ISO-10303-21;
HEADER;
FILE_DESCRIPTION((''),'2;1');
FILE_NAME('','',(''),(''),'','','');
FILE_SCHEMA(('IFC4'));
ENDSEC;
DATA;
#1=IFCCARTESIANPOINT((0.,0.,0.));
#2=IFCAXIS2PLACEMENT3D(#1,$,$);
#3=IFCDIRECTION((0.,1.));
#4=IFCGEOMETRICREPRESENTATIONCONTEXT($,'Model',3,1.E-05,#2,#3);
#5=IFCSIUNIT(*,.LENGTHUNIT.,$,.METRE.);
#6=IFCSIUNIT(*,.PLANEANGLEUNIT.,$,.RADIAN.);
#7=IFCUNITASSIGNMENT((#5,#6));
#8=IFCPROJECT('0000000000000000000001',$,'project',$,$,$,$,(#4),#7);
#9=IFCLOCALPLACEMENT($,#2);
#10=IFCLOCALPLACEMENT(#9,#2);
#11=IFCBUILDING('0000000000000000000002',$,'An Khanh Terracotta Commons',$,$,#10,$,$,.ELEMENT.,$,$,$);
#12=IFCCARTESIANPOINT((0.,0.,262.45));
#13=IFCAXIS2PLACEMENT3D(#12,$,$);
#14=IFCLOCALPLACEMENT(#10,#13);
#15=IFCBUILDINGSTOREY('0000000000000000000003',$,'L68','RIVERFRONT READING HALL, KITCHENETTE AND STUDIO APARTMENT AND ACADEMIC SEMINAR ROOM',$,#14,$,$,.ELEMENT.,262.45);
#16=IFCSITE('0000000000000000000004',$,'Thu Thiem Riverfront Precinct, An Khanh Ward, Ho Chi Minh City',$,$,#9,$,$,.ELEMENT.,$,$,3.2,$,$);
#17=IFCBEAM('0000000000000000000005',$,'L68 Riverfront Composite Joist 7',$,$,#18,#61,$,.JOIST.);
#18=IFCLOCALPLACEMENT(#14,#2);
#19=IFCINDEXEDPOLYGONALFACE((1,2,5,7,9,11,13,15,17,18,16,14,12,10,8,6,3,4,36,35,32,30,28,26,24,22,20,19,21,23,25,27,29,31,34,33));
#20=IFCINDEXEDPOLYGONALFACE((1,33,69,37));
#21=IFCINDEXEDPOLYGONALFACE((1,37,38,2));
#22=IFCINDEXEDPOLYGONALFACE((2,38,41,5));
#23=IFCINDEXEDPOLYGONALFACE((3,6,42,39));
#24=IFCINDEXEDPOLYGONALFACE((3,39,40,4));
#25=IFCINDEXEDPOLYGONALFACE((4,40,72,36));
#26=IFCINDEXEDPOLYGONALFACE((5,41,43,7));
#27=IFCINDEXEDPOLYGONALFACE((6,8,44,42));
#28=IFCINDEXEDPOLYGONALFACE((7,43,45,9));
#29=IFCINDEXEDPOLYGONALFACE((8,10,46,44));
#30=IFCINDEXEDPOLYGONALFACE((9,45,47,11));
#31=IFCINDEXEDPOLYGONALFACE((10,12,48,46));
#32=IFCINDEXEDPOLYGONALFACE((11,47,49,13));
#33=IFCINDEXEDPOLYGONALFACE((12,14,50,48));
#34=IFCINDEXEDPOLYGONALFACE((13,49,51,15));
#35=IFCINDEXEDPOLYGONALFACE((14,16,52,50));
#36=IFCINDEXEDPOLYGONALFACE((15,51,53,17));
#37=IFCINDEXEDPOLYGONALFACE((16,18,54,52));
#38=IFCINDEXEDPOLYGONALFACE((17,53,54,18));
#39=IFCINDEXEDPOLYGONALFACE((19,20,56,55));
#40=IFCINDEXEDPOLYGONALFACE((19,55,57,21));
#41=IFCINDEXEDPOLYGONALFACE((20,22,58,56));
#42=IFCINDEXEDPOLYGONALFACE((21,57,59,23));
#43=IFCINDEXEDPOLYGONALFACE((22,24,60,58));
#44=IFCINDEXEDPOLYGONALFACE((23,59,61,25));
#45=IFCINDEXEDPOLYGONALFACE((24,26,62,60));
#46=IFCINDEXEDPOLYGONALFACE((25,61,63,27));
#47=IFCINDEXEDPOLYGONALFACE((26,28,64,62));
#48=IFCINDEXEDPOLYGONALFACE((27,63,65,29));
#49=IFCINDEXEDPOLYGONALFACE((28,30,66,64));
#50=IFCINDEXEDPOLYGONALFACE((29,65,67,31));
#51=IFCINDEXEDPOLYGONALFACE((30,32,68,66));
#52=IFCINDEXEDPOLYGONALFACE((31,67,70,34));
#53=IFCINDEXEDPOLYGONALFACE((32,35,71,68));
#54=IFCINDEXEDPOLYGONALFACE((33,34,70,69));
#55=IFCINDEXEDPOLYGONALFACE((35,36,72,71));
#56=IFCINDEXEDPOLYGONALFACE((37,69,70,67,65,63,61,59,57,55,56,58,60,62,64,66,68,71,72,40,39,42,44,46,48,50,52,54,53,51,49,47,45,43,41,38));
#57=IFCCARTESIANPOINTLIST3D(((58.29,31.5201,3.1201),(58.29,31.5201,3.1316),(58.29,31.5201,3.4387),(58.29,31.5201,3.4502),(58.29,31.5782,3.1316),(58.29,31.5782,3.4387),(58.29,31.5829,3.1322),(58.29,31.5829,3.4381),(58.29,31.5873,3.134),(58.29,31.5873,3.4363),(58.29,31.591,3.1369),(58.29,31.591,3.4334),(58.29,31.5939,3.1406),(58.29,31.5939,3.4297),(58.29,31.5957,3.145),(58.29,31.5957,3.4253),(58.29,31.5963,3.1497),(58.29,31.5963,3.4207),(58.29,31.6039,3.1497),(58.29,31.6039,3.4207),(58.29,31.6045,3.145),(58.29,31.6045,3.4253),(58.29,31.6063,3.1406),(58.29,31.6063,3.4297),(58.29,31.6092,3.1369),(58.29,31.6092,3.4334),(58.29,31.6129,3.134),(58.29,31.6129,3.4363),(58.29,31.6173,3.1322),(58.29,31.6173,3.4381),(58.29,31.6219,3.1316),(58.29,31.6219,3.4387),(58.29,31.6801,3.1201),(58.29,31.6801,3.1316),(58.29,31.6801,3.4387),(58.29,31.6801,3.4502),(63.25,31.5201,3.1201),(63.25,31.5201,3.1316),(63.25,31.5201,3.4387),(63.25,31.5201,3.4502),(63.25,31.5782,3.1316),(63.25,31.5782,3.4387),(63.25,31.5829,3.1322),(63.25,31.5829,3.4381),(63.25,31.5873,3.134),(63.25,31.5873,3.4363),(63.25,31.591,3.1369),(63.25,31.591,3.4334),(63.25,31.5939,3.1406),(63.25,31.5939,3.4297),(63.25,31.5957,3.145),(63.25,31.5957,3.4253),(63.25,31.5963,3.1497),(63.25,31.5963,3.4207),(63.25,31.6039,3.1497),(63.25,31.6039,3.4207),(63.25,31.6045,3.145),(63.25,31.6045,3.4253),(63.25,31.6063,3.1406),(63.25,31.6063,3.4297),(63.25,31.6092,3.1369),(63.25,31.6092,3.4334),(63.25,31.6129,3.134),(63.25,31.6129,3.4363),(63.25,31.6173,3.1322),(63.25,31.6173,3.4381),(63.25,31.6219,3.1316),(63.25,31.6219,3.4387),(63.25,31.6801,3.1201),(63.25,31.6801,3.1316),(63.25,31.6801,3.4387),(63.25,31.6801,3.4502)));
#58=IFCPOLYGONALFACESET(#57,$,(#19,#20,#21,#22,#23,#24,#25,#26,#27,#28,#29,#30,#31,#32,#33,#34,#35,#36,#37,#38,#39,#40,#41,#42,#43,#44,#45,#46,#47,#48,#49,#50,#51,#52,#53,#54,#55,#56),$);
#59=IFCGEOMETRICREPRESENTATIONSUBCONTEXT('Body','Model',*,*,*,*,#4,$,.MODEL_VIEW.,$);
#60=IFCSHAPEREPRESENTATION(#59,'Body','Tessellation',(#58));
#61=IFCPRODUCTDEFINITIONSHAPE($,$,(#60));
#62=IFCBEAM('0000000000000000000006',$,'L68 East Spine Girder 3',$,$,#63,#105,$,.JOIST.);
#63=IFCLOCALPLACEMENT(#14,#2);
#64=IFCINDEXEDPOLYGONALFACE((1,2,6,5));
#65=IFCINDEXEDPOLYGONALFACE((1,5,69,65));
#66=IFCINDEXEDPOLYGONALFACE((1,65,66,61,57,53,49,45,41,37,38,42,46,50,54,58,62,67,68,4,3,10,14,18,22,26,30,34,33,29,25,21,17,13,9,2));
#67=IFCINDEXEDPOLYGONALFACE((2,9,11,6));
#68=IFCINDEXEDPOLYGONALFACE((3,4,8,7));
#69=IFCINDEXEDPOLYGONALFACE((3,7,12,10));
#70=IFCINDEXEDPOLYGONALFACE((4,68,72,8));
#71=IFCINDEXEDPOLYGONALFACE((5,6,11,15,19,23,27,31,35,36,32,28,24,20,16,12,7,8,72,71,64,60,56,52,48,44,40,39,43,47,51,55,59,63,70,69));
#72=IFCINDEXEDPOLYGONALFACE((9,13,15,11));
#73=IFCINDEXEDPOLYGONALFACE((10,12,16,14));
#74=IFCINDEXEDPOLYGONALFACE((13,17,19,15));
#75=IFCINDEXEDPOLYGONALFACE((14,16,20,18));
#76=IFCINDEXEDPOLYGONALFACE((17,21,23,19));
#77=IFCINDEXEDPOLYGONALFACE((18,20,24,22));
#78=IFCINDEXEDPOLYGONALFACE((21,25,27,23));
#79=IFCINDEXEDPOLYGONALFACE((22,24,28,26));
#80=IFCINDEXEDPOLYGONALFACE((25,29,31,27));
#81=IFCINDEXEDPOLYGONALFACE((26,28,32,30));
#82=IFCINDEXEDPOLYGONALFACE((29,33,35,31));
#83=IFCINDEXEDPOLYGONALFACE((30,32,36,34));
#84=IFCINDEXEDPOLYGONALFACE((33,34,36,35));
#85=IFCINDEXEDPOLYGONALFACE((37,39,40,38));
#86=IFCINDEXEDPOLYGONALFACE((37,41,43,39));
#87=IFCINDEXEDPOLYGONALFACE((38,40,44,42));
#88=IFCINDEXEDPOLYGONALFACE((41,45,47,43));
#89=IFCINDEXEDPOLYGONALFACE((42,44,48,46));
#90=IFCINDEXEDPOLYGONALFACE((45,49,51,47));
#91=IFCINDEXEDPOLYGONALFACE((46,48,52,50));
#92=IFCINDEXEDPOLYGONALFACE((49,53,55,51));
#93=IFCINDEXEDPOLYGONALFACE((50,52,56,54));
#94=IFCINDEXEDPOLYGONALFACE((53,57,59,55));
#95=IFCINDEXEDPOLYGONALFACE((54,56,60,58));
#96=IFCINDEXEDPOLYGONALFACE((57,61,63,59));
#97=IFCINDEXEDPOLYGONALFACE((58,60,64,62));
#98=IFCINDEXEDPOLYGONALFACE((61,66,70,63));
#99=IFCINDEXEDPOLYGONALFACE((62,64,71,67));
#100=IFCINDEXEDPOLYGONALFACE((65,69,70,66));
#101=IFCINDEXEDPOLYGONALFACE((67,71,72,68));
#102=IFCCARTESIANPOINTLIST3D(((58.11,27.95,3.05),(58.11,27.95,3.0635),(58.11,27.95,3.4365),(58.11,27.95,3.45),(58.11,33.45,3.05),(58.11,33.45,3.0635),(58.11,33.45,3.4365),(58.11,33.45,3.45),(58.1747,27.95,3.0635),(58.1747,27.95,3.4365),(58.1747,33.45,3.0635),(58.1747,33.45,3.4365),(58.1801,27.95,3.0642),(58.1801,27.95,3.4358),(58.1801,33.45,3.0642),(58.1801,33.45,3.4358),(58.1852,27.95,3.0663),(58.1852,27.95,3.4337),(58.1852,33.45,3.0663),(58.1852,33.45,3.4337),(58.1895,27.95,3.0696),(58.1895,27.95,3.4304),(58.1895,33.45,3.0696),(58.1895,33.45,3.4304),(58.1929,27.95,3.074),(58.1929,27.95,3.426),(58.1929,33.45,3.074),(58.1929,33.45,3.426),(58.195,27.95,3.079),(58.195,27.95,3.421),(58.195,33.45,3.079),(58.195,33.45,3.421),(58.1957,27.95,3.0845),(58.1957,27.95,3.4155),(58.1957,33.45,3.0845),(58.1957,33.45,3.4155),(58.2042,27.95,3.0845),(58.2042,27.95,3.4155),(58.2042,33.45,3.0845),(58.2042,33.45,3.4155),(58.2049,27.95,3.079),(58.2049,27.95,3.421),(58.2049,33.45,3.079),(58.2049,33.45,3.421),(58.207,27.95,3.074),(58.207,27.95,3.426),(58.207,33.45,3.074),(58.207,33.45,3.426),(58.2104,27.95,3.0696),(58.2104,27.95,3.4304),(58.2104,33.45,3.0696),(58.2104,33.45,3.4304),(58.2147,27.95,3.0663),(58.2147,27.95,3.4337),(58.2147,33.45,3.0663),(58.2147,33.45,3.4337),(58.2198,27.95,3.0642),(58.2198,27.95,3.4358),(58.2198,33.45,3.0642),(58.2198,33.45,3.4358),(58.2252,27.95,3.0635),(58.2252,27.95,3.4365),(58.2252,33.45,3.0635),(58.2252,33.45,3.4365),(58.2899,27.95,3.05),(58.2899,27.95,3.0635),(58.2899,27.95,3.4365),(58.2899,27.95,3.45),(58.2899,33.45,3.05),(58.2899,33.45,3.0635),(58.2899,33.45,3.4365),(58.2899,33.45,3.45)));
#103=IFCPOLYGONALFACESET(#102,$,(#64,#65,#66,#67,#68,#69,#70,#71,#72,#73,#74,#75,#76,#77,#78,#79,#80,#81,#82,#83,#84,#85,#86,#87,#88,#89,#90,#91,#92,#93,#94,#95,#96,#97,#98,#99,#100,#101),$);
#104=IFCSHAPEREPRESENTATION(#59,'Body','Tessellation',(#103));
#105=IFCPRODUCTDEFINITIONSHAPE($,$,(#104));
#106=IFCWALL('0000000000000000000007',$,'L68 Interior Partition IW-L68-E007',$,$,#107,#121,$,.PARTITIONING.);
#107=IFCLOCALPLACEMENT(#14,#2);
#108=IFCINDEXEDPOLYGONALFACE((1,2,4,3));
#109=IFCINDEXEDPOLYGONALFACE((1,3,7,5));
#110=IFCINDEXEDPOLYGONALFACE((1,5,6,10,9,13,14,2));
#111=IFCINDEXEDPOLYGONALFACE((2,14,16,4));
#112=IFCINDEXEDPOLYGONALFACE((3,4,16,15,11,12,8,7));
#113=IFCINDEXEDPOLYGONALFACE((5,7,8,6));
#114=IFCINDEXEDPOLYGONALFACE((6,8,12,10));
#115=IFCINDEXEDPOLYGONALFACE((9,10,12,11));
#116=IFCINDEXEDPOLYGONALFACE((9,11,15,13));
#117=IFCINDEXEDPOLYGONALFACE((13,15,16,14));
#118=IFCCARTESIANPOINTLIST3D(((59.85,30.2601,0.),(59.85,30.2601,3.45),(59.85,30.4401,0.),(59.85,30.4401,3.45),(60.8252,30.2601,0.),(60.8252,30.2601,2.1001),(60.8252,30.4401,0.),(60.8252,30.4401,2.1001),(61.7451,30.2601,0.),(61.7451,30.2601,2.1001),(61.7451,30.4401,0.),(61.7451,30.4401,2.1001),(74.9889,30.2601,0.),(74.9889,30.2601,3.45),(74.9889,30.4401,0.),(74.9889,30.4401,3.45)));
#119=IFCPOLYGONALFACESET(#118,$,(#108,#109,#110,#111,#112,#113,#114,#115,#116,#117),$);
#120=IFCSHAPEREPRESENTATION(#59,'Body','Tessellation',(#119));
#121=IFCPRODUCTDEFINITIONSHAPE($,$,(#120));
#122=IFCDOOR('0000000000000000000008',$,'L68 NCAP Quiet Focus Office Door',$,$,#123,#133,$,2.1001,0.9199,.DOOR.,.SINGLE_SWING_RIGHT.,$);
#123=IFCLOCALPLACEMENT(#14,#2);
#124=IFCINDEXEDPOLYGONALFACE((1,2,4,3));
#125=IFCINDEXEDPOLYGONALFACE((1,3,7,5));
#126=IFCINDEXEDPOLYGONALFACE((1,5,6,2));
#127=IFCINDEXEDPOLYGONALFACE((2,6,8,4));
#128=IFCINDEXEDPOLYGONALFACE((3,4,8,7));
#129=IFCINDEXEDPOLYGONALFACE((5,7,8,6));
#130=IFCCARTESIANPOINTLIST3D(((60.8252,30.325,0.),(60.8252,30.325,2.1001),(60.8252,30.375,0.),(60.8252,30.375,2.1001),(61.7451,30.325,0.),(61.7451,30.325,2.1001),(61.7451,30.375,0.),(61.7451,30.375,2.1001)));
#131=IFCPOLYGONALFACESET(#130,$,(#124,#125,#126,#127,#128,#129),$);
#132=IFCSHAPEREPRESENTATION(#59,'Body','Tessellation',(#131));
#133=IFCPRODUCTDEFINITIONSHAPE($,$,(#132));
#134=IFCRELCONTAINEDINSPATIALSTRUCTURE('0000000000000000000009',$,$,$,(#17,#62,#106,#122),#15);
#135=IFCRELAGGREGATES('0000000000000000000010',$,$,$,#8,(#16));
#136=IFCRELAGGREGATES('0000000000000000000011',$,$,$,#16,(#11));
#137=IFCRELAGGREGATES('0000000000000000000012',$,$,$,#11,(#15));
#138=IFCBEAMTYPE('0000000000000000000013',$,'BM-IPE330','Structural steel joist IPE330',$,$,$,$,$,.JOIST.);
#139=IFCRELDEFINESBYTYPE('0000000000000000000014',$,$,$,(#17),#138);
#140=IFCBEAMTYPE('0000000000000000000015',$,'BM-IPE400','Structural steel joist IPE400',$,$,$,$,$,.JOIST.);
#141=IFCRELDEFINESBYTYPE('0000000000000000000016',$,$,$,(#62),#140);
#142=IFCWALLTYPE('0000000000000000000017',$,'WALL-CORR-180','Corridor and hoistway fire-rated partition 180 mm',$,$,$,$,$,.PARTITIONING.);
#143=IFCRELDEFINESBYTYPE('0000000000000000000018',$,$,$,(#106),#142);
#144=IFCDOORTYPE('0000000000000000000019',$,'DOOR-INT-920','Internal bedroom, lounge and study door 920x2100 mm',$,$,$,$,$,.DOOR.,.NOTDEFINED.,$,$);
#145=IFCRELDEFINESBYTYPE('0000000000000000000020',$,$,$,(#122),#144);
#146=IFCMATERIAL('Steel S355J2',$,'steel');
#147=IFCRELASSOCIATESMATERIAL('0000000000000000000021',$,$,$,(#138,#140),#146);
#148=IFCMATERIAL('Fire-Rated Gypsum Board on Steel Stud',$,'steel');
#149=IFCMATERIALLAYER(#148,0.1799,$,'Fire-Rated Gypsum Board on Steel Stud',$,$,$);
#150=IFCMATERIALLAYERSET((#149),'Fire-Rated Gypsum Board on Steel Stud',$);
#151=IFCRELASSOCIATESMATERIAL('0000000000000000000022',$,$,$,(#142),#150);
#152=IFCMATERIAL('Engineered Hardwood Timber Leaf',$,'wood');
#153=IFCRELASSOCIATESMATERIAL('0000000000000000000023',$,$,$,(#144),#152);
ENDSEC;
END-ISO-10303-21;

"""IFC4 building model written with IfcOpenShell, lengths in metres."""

from ifc_helpers import new_model, si_unit, direction, frame, frame_2d, origin, origin_2d, place, context, subcontext, project, spatial, rectangle, i_section, extrude, material, layer, layer_set, material_profile, profile_set, type_object, element, fill, save


model = new_model("IFC4")

# Units and contexts
model_context = context("Model", 3, precision=1e-05, world=origin(), true_north=direction((0.0, 1.0)))
body_context = subcontext(model_context, "Body", "Model", "MODEL_VIEW")
ifc_project = project(units=[si_unit("LENGTHUNIT", "METRE"), si_unit("PLANEANGLEUNIT", "RADIAN")], contexts=[model_context])

# Site, building, storey
site_placement = place(None, origin())
site = spatial("IfcSite", under=ifc_project, at=site_placement, Name="Thu Thiem Riverfront Precinct, An Khanh Ward, Ho Chi Minh City", CompositionType="ELEMENT", RefElevation=3.2)
building_placement = place(site_placement, origin())
building = spatial("IfcBuilding", under=site, at=building_placement, Name="An Khanh Terracotta Commons", CompositionType="ELEMENT")
storey_placement = place(building_placement, frame((0.0, 0.0, 262.45)))
storey = spatial("IfcBuildingStorey", under=building, at=storey_placement, Name="L68", Description="RIVERFRONT READING HALL, KITCHENETTE AND STUDIO APARTMENT AND ACADEMIC SEMINAR ROOM", CompositionType="ELEMENT", Elevation=262.45)

# Beams
ifc_material_1 = material(Name="Steel S355J2", Category="steel")
ifc_material_profile_1 = material_profile(ifc_material_1, i_section(OverallWidth=0.1599, OverallDepth=0.3301, WebThickness=0.0076, FlangeThickness=0.0115, FilletRadius=0.0181, at=origin_2d()), Name="IPE330")
ifc_profile_set_1 = profile_set([ifc_material_profile_1], Name="Steel S355J2")
beam_type_1 = type_object("IfcBeamType", Name="BM-IPE330", Description="Structural steel joist IPE330", PredefinedType="JOIST", material=ifc_profile_set_1)
for number, where, z_axis, x_axis, name in (
    (1, (58.29, 31.6001, 3.2852), (1.0, 0.0, 0.0), (0.0, 1.0, 0.0), "L68 Riverfront Composite Joist 7"),
):
    element("IfcBeam", number, at=place(storey_placement, frame(where, z_axis=z_axis, x_axis=x_axis)), inside=storey, type_object=beam_type_1, Name=name, PredefinedType="JOIST", context=body_context, shape_type="SweptSolid", body=[
        extrude(i_section(OverallWidth=0.1599, OverallDepth=0.3301, WebThickness=0.0076, FlangeThickness=0.0115, FilletRadius=0.0181, at=origin_2d()), origin(), (0.0, 0.0, 1.0), 4.96),
    ])
ifc_material_profile_2 = material_profile(ifc_material_1, i_section(OverallWidth=0.1799, OverallDepth=0.3999, WebThickness=0.0085, FlangeThickness=0.0134, FilletRadius=0.021, at=origin_2d()), Name="IPE400")
ifc_profile_set_2 = profile_set([ifc_material_profile_2], Name="Steel S355J2")
beam_type_2 = type_object("IfcBeamType", Name="BM-IPE400", Description="Structural steel joist IPE400", PredefinedType="JOIST", material=ifc_profile_set_2)
beam_1_placement = place(storey_placement, frame((58.2, 27.95, 3.25), z_axis=(0.0, 1.0, 0.0), x_axis=(-1.0, 0.0, 0.0)))
element("IfcBeam", 2, at=beam_1_placement, inside=storey, type_object=beam_type_2, Name="L68 East Spine Girder 3", PredefinedType="JOIST", context=body_context, shape_type="SweptSolid", body=[
    extrude(i_section(OverallWidth=0.1799, OverallDepth=0.3999, WebThickness=0.0085, FlangeThickness=0.0134, FilletRadius=0.021, at=origin_2d()), origin(), (0.0, 0.0, 1.0), 5.5),
])

# Wall, opening, door
ifc_material_2 = material(Name="Fire-Rated Gypsum Board on Steel Stud", Category="steel")
ifc_layer_1 = layer(ifc_material_2, 0.1799, Name="Fire-Rated Gypsum Board on Steel Stud")
ifc_layer_set_1 = layer_set([ifc_layer_1], Name="Fire-Rated Gypsum Board on Steel Stud")
wall_type_1 = type_object("IfcWallType", Name="WALL-CORR-180", Description="Corridor and hoistway fire-rated partition 180 mm", PredefinedType="PARTITIONING", material=ifc_layer_set_1)
wall_1_placement = place(storey_placement, frame((59.8501, 30.3501, 0.0), z_axis=(0.0, 0.0, 1.0), x_axis=(1.0, 0.0, 0.0)))
wall_1 = element("IfcWall", 3, at=wall_1_placement, inside=storey, type_object=wall_type_1, Name="L68 Interior Partition IW-L68-E007", PredefinedType="PARTITIONING", context=body_context, shape_type="SweptSolid", body=[
    extrude(rectangle(XDim=15.1389, YDim=0.1799, at=frame_2d((7.5693, 0.0))), origin(), (0.0, 0.0, 1.0), 3.45),
])
opening_1_placement = place(wall_1_placement, frame((0.9751, 0.0, 0.0)))
opening_1 = element("IfcOpeningElement", 4, at=opening_1_placement, cuts=wall_1, PredefinedType="OPENING", context=body_context, shape_type="SweptSolid", body=[
    extrude(rectangle(XDim=0.9199, YDim=2.1001, at=frame_2d((0.46, 1.05))), frame((0.0, 0.0999, 0.0), z_axis=(0.0, -1.0, 0.0), x_axis=(1.0, 0.0, 0.0)), (0.0, 0.0, 1.0), 0.2),
])
ifc_material_3 = material(Name="Engineered Hardwood Timber Leaf", Category="wood")
door_type_1 = type_object("IfcDoorType", Name="DOOR-INT-920", Description="Internal bedroom, lounge and study door 920x2100 mm", OperationType="NOTDEFINED", PredefinedType="DOOR", material=ifc_material_3)
door_1_placement = place(opening_1_placement, origin())
door_1 = element("IfcDoor", 5, at=door_1_placement, inside=storey, type_object=door_type_1, Name="L68 NCAP Quiet Focus Office Door", OperationType="SINGLE_SWING_RIGHT", OverallHeight=2.1001, OverallWidth=0.9199, PredefinedType="DOOR", context=body_context, shape_type="SweptSolid", body=[
    extrude(rectangle(XDim=0.9199, YDim=2.1001, at=frame_2d((0.46, 1.05))), frame((0.0, 0.0249, 0.0), z_axis=(0.0, -1.0, 0.0), x_axis=(1.0, 0.0, 0.0)), (0.0, 0.0, 1.0), 0.05),
])
fill(opening_1, door_1)

save(model, "model.ifc")
